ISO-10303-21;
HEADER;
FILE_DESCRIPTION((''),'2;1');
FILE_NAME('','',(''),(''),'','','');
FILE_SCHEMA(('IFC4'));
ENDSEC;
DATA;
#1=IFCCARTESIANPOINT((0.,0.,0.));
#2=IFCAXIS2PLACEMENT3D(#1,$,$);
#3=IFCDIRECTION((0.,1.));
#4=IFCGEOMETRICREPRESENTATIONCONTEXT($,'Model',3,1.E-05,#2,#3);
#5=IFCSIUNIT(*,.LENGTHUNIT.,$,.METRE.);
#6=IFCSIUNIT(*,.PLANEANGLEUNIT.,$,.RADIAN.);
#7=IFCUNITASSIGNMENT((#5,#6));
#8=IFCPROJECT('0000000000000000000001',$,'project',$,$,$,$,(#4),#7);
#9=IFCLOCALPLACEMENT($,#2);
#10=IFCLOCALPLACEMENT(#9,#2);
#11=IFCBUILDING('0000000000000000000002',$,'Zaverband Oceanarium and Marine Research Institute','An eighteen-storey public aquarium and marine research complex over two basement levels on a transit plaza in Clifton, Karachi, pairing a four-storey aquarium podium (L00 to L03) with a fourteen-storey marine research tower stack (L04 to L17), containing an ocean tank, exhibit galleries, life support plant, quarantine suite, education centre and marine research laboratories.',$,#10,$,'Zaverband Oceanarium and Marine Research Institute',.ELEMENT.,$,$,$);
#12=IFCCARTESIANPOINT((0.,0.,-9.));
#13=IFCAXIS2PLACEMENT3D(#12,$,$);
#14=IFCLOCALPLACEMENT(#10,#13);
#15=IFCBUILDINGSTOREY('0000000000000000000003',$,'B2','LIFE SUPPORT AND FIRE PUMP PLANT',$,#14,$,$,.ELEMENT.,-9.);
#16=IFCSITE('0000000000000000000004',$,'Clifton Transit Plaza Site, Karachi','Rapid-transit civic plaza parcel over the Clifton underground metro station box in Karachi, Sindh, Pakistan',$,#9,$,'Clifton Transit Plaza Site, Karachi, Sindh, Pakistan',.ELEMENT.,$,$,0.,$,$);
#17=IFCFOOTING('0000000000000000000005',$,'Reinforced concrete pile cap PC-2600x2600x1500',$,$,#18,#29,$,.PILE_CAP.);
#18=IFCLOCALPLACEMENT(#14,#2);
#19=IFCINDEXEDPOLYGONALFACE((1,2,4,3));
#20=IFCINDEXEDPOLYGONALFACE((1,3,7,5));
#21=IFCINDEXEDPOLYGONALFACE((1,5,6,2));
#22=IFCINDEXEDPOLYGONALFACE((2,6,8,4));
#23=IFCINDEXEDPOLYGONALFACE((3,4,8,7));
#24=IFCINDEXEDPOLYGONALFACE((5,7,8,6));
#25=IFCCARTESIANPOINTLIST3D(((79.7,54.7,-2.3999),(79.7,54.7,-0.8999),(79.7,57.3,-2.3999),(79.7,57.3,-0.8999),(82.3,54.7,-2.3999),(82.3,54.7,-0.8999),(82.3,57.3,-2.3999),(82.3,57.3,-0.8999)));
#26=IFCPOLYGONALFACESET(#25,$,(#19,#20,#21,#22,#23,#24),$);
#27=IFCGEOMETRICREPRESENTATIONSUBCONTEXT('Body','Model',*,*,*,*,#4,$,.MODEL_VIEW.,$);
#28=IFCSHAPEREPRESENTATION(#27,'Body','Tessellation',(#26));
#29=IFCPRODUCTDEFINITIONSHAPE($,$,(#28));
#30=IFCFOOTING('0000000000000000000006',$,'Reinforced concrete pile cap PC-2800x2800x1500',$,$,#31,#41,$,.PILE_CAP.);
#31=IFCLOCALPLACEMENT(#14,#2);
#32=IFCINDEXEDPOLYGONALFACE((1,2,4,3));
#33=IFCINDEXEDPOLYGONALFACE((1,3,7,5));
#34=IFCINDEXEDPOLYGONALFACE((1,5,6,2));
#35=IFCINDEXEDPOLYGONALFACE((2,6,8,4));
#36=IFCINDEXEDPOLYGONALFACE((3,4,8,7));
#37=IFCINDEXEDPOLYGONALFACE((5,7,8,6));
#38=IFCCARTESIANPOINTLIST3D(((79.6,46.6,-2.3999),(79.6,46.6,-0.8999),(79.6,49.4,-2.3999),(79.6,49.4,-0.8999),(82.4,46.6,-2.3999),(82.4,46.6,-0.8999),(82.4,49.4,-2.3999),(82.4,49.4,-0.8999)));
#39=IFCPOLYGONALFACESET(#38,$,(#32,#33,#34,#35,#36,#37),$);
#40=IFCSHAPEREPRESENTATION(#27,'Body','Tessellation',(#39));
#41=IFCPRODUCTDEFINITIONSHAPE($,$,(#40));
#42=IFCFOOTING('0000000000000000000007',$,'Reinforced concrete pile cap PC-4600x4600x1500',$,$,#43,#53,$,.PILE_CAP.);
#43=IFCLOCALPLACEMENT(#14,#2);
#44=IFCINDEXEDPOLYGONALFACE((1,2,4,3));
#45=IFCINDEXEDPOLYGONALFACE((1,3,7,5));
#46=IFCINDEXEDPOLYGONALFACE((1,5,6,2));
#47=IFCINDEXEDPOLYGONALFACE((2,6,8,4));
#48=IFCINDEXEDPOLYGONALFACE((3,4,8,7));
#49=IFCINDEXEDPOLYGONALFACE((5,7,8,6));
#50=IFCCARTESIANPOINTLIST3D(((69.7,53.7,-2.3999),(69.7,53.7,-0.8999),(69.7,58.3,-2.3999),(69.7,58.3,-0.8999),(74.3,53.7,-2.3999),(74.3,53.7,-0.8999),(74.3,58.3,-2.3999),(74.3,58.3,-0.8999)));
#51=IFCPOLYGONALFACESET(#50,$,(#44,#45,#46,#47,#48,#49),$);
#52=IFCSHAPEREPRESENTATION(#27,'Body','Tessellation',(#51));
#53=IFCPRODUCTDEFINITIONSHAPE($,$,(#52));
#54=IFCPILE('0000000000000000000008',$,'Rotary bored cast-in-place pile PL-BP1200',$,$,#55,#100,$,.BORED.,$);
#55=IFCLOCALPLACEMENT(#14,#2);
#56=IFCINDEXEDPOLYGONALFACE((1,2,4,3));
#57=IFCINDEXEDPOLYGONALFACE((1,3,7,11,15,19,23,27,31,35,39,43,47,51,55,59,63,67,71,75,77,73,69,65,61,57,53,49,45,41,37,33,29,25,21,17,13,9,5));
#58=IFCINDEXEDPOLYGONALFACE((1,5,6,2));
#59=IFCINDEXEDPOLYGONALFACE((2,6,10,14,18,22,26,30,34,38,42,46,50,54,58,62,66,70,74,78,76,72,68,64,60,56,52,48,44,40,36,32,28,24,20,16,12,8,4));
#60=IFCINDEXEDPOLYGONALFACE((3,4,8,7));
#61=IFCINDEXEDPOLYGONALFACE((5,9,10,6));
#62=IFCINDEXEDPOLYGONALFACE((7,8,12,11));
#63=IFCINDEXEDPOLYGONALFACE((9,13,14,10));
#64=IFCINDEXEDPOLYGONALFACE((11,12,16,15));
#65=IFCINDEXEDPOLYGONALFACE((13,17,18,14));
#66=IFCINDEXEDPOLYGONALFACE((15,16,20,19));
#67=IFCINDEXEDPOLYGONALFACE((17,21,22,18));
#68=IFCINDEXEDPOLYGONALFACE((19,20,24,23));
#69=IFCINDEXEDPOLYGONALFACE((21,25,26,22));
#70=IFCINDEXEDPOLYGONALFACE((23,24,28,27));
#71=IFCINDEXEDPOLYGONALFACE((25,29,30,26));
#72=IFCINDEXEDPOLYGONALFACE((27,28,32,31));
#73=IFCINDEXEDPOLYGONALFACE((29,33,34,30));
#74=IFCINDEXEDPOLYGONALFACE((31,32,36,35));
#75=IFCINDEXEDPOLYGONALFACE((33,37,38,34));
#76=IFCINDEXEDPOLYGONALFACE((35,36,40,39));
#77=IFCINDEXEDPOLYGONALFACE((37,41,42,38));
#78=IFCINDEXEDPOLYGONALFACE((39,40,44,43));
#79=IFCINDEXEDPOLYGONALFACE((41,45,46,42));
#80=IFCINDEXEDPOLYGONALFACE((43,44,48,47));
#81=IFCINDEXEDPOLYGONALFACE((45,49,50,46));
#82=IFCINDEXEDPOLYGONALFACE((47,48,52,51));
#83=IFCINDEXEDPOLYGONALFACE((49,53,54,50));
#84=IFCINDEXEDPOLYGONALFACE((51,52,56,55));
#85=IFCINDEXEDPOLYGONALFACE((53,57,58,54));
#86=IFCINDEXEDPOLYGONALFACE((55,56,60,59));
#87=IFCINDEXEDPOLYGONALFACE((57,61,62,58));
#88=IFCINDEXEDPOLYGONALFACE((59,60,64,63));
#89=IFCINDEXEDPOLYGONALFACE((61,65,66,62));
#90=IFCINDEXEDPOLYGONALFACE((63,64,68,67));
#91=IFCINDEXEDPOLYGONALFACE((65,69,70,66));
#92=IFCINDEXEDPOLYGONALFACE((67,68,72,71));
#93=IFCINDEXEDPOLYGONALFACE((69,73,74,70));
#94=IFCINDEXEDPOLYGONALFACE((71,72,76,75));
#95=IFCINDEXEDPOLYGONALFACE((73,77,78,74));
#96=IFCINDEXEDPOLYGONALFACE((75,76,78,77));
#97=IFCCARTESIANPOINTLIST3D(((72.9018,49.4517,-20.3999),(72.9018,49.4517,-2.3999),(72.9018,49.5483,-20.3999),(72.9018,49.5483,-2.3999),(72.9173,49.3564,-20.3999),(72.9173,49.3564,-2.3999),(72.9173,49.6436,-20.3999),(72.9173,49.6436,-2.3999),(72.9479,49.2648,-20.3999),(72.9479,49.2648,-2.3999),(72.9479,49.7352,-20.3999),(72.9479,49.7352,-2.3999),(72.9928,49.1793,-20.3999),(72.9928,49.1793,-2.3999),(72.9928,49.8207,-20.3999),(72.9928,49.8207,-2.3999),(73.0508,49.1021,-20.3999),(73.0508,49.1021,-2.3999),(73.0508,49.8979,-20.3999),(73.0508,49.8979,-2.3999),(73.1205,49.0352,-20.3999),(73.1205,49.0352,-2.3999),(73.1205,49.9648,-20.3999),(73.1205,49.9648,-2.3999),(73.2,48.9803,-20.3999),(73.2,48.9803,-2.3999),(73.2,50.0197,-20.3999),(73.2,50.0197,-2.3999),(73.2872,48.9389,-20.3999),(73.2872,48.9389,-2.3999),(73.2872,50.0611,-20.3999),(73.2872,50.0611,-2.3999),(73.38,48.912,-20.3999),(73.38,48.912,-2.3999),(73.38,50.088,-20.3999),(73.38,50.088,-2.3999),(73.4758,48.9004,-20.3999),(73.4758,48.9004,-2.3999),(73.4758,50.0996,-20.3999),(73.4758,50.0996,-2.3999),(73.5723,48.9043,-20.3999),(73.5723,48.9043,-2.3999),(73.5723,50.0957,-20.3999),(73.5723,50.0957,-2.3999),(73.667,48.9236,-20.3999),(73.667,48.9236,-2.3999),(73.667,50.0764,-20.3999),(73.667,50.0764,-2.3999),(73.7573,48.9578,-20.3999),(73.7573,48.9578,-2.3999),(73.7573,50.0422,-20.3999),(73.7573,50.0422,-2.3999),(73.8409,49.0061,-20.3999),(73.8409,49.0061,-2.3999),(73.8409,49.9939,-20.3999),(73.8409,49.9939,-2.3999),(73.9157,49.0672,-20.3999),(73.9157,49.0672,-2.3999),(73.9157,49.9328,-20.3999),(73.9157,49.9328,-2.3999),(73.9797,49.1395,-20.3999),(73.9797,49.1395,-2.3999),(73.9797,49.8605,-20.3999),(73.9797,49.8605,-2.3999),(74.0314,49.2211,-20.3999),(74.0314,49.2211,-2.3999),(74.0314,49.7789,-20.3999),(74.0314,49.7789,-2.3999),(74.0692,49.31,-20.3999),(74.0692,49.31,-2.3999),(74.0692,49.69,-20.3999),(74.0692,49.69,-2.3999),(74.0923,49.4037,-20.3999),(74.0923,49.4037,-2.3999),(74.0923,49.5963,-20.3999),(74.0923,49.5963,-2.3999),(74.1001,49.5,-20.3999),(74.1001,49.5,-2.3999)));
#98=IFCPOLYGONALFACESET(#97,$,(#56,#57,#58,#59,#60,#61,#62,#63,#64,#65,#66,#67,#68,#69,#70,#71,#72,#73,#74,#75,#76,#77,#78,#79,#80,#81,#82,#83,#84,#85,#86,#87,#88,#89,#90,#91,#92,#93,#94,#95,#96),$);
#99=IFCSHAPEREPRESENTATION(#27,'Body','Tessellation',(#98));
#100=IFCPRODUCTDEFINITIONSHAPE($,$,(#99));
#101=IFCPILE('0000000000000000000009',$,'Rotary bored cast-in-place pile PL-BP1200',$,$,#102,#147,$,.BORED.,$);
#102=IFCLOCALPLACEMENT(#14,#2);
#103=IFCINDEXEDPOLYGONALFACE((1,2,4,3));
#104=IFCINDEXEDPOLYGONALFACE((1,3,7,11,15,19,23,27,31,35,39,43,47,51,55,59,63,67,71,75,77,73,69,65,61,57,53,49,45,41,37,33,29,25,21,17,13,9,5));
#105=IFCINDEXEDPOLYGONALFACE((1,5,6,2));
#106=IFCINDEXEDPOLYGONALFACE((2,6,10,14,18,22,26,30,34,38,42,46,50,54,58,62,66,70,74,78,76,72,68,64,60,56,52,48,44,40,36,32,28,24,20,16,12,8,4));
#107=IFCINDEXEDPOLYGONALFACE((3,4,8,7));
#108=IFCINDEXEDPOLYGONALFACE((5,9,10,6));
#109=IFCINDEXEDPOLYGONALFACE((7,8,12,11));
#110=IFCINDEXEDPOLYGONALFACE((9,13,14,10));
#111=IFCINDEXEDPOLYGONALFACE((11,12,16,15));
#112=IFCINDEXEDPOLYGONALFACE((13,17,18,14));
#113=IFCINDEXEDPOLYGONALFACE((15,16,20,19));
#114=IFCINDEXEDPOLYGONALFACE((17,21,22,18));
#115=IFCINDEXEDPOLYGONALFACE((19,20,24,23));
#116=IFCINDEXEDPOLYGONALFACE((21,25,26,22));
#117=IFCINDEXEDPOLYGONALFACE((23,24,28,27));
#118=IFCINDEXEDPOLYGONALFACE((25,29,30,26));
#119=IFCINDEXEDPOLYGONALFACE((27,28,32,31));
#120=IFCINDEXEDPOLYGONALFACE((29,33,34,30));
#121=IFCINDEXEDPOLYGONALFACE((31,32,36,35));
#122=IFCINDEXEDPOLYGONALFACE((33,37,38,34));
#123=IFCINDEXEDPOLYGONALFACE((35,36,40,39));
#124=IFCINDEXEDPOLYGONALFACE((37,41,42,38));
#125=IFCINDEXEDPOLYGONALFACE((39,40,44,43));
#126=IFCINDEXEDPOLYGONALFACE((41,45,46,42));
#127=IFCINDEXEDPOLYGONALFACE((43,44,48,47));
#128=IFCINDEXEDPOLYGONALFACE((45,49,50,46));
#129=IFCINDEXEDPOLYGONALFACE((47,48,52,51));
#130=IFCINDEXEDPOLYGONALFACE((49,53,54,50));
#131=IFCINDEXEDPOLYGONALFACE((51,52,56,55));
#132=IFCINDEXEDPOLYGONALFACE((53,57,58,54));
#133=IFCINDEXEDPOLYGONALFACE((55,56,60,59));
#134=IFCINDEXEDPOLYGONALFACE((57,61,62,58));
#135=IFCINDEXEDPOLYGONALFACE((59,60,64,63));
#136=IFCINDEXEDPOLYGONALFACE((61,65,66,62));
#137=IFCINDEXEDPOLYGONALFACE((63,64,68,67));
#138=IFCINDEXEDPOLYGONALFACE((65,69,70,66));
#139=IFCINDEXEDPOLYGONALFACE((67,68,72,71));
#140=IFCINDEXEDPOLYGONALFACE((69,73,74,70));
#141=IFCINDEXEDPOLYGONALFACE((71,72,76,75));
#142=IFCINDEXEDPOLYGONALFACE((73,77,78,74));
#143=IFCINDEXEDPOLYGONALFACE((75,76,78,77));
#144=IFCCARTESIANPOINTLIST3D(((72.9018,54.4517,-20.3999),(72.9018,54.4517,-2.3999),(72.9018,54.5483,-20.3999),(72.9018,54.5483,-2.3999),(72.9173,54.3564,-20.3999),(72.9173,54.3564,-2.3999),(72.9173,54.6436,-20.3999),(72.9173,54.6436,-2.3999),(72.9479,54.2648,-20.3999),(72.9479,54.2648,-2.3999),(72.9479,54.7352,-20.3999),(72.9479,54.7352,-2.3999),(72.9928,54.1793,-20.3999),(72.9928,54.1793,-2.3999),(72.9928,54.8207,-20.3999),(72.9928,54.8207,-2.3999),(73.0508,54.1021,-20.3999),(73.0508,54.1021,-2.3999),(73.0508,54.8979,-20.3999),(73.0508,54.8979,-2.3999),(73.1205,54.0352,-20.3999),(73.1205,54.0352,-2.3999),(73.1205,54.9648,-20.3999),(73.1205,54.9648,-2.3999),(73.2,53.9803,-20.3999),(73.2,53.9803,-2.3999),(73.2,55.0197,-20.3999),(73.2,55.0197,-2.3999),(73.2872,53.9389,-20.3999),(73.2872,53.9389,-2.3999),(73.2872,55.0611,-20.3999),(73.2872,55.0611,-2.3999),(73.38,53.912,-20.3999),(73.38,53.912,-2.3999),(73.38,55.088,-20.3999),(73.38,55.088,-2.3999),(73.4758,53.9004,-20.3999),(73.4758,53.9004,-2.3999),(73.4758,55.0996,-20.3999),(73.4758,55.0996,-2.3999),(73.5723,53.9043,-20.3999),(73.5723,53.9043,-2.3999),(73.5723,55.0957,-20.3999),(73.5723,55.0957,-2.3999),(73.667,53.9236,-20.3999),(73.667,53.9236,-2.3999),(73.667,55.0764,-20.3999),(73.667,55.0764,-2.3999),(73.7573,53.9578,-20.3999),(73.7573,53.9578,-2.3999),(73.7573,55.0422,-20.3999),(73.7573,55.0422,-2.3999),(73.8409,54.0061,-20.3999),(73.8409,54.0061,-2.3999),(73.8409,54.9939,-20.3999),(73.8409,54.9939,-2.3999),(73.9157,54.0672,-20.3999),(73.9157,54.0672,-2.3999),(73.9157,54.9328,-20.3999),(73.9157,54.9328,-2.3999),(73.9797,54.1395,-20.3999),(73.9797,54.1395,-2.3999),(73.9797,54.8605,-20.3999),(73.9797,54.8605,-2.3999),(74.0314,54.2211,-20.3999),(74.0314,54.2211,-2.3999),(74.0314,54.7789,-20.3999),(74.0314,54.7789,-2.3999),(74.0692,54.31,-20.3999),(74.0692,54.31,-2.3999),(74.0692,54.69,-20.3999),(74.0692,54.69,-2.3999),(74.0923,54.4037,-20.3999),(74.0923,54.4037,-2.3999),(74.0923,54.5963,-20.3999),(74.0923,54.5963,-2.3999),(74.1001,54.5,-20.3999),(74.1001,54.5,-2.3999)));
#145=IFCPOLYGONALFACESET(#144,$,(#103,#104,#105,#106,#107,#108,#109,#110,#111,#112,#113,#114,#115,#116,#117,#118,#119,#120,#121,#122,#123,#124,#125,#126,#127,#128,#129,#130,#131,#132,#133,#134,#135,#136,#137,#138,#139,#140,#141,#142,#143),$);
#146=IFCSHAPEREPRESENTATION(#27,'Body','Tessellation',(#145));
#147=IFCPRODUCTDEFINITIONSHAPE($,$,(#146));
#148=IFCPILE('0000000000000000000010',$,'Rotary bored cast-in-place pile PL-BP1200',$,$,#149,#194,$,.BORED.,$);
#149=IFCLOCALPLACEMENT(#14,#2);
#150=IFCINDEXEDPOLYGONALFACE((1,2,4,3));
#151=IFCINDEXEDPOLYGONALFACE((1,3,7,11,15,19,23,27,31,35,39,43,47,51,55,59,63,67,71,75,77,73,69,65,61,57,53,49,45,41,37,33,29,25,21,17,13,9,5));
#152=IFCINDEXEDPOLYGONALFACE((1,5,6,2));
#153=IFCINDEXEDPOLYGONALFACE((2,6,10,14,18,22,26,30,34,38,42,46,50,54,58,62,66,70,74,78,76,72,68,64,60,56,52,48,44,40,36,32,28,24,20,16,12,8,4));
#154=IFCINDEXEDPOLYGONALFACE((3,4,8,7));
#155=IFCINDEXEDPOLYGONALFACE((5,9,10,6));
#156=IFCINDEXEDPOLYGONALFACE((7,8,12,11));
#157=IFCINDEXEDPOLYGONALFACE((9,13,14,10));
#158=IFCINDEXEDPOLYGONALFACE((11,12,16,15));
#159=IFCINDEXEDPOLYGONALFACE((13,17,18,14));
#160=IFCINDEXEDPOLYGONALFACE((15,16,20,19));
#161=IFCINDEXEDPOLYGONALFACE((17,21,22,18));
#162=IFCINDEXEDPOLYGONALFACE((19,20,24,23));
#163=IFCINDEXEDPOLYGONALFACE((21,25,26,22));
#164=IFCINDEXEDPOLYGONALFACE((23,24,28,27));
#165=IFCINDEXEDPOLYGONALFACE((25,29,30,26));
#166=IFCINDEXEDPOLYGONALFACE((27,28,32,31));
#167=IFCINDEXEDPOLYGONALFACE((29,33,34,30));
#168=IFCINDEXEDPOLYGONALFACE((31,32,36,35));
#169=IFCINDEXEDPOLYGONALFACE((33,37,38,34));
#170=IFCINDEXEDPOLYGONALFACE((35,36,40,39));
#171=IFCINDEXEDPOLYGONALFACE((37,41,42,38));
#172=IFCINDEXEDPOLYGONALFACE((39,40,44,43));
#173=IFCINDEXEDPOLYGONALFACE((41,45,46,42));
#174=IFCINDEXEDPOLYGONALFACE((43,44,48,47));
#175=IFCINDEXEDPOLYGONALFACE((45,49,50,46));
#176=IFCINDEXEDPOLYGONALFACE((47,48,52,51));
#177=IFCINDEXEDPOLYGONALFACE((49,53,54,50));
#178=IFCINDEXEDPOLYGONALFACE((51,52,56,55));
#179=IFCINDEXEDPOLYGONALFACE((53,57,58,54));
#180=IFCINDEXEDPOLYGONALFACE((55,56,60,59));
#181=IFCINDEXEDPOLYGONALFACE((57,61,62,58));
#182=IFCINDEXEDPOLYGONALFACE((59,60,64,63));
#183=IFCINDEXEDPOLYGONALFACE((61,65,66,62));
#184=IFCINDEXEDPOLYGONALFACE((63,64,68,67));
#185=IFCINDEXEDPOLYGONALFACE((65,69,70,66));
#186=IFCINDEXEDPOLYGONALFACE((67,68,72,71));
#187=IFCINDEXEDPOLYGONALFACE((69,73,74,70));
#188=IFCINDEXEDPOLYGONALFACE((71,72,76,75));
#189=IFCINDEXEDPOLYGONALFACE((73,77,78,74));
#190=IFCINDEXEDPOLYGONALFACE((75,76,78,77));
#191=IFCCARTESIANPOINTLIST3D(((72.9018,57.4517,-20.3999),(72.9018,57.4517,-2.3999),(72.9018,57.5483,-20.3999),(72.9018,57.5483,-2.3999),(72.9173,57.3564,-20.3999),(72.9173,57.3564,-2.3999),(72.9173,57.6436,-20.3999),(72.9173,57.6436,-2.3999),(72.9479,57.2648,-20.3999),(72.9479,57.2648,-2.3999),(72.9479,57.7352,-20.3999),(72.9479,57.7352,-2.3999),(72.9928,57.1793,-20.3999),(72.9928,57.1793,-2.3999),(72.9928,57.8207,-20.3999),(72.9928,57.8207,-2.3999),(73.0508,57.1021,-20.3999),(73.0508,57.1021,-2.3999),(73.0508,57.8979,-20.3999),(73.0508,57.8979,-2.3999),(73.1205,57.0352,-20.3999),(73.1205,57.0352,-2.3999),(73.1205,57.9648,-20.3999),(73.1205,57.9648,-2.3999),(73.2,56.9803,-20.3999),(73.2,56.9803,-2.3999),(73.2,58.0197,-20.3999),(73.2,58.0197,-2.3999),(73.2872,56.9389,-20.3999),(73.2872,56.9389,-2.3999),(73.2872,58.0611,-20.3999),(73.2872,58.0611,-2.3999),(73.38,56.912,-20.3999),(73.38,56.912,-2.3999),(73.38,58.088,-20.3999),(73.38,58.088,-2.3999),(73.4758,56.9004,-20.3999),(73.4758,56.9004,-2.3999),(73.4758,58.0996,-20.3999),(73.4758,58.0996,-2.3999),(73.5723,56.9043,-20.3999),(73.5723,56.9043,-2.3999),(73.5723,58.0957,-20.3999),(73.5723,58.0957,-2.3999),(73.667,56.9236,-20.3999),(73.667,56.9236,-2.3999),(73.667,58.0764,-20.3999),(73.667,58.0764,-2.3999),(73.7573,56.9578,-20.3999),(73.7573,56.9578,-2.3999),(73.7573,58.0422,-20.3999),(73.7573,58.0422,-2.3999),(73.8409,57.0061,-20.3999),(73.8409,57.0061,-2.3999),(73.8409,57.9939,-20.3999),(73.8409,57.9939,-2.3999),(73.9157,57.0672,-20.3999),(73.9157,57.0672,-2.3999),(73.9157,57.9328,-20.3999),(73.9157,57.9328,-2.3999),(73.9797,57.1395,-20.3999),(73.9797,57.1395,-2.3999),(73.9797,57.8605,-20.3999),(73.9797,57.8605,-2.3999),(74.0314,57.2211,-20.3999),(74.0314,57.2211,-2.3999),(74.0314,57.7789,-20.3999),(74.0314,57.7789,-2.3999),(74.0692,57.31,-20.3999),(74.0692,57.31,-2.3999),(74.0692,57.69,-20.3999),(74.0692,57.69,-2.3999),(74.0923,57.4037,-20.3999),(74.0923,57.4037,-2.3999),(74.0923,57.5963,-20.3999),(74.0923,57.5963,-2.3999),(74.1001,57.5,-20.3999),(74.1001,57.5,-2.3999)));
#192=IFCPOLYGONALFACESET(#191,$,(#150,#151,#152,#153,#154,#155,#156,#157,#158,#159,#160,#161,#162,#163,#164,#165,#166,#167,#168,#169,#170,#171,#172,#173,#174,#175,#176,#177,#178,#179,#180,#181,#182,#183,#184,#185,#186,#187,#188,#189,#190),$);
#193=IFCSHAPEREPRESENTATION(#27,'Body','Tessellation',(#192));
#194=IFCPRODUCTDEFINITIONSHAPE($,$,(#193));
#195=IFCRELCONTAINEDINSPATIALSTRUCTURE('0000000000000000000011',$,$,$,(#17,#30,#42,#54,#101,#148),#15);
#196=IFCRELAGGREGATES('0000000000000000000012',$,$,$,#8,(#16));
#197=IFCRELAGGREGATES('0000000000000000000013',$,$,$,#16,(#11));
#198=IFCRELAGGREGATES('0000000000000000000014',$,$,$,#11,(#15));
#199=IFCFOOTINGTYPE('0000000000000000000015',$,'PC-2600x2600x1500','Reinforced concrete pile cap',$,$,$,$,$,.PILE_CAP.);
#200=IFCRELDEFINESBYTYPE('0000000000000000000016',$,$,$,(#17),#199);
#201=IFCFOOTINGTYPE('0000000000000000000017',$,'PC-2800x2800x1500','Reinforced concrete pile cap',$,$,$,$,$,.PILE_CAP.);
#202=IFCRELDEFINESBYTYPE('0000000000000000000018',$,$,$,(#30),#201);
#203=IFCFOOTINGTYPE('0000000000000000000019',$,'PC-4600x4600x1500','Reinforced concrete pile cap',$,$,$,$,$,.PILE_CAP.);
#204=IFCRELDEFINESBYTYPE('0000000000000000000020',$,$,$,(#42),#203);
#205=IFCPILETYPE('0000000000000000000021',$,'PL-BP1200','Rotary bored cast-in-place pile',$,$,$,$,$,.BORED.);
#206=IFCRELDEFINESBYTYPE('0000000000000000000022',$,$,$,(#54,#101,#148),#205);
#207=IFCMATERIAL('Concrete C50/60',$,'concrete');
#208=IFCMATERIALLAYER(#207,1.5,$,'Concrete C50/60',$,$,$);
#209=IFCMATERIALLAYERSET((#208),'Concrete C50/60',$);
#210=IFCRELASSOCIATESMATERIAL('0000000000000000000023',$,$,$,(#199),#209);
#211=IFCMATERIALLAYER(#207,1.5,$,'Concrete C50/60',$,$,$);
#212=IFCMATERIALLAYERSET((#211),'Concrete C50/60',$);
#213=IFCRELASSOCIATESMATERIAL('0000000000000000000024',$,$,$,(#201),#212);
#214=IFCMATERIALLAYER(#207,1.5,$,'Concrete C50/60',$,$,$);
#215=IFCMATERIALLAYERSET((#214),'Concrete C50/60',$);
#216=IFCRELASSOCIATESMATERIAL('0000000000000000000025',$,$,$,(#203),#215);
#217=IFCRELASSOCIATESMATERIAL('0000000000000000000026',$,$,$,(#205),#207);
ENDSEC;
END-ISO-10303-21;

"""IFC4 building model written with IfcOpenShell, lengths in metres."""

from ifc_helpers import new_model, si_unit, direction, frame, origin, origin_2d, place, context, subcontext, project, spatial, rectangle, circle, extrude, material, layer, layer_set, material_profile, profile_set, type_object, element, save


model = new_model("IFC4")

# Units and contexts
model_context = context("Model", 3, precision=1e-05, world=origin(), true_north=direction((0.0, 1.0)))
body_context = subcontext(model_context, "Body", "Model", "MODEL_VIEW")
ifc_project = project(units=[si_unit("LENGTHUNIT", "METRE"), si_unit("PLANEANGLEUNIT", "RADIAN")], contexts=[model_context])

# Site, building, storey
site_placement = place(None, origin())
site = spatial("IfcSite", under=ifc_project, at=site_placement, Name="Clifton Transit Plaza Site, Karachi", Description="Rapid-transit civic plaza parcel over the Clifton underground metro station box in Karachi, Sindh, Pakistan", LongName="Clifton Transit Plaza Site, Karachi, Sindh, Pakistan", CompositionType="ELEMENT", RefElevation=0.0)
building_placement = place(site_placement, origin())
building = spatial("IfcBuilding", under=site, at=building_placement, Name="Zaverband Oceanarium and Marine Research Institute", Description="An eighteen-storey public aquarium and marine research complex over two basement levels on a transit plaza in Clifton, Karachi, pairing a four-storey aquarium podium (L00 to L03) with a fourteen-storey marine research tower stack (L04 to L17), containing an ocean tank, exhibit galleries, life support plant, quarantine suite, education centre and marine research laboratories.", LongName="Zaverband Oceanarium and Marine Research Institute", CompositionType="ELEMENT")
storey_placement = place(building_placement, frame((0.0, 0.0, -9.0)))
storey = spatial("IfcBuildingStorey", under=building, at=storey_placement, Name="B2", Description="LIFE SUPPORT AND FIRE PUMP PLANT", CompositionType="ELEMENT", Elevation=-9.0)

# Footings
ifc_material_1 = material(Name="Concrete C50/60", Category="concrete")
ifc_layer_1 = layer(ifc_material_1, 1.5, Name="Concrete C50/60")
ifc_layer_set_1 = layer_set([ifc_layer_1], Name="Concrete C50/60")
footing_type_1 = type_object("IfcFootingType", Name="PC-2600x2600x1500", Description="Reinforced concrete pile cap", PredefinedType="PILE_CAP", material=ifc_layer_set_1)
footing_1_placement = place(storey_placement, frame((81.0, 56.0, -2.3999), z_axis=(0.0, 0.0, 1.0), x_axis=(1.0, 0.0, 0.0)))
element("IfcFooting", 1, at=footing_1_placement, inside=storey, type_object=footing_type_1, Name="Reinforced concrete pile cap PC-2600x2600x1500", PredefinedType="PILE_CAP", context=body_context, shape_type="SweptSolid", body=[
    extrude(rectangle(XDim=2.6001, YDim=2.6001, at=origin_2d()), origin(), (0.0, 0.0, 1.0), 1.5),
])
ifc_layer_2 = layer(ifc_material_1, 1.5, Name="Concrete C50/60")
ifc_layer_set_2 = layer_set([ifc_layer_2], Name="Concrete C50/60")
footing_type_2 = type_object("IfcFootingType", Name="PC-2800x2800x1500", Description="Reinforced concrete pile cap", PredefinedType="PILE_CAP", material=ifc_layer_set_2)
footing_2_placement = place(storey_placement, frame((81.0, 48.0, -2.3999), z_axis=(0.0, 0.0, 1.0), x_axis=(1.0, 0.0, 0.0)))
element("IfcFooting", 2, at=footing_2_placement, inside=storey, type_object=footing_type_2, Name="Reinforced concrete pile cap PC-2800x2800x1500", PredefinedType="PILE_CAP", context=body_context, shape_type="SweptSolid", body=[
    extrude(rectangle(XDim=2.8, YDim=2.8, at=origin_2d()), origin(), (0.0, 0.0, 1.0), 1.5),
])
ifc_layer_3 = layer(ifc_material_1, 1.5, Name="Concrete C50/60")
ifc_layer_set_3 = layer_set([ifc_layer_3], Name="Concrete C50/60")
footing_type_3 = type_object("IfcFootingType", Name="PC-4600x4600x1500", Description="Reinforced concrete pile cap", PredefinedType="PILE_CAP", material=ifc_layer_set_3)
footing_3_placement = place(storey_placement, frame((72.0, 56.0, -2.3999), z_axis=(0.0, 0.0, 1.0), x_axis=(1.0, 0.0, 0.0)))
element("IfcFooting", 3, at=footing_3_placement, inside=storey, type_object=footing_type_3, Name="Reinforced concrete pile cap PC-4600x4600x1500", PredefinedType="PILE_CAP", context=body_context, shape_type="SweptSolid", body=[
    extrude(rectangle(XDim=4.6001, YDim=4.6001, at=origin_2d()), origin(), (0.0, 0.0, 1.0), 1.5),
])

# Piles
ifc_material_profile_1 = material_profile(ifc_material_1, circle(Radius=0.6001, at=origin_2d()), Name="BP1200")
ifc_profile_set_1 = profile_set([ifc_material_profile_1], Name="Concrete C50/60")
pile_type = type_object("IfcPileType", Name="PL-BP1200", Description="Rotary bored cast-in-place pile", PredefinedType="BORED", material=ifc_profile_set_1)
for number, where, z_axis, x_axis, name in (
    (4, (73.5, 49.5, -2.3999), (0.0, 0.0, -1.0), (1.0, 0.0, 0.0), "Rotary bored cast-in-place pile PL-BP1200"),
    (5, (73.5, 54.5, -2.3999), (0.0, 0.0, -1.0), (1.0, 0.0, 0.0), "Rotary bored cast-in-place pile PL-BP1200"),
    (6, (73.5, 57.5, -2.3999), (0.0, 0.0, -1.0), (1.0, 0.0, 0.0), "Rotary bored cast-in-place pile PL-BP1200"),
):
    element("IfcPile", number, at=place(storey_placement, frame(where, z_axis=z_axis, x_axis=x_axis)), inside=storey, type_object=pile_type, Name=name, PredefinedType="BORED", context=body_context, shape_type="SweptSolid", body=[
        extrude(circle(Radius=0.6001, at=origin_2d()), origin(), (0.0, 0.0, 1.0), 18.0),
    ])

save(model, "model.ifc")
